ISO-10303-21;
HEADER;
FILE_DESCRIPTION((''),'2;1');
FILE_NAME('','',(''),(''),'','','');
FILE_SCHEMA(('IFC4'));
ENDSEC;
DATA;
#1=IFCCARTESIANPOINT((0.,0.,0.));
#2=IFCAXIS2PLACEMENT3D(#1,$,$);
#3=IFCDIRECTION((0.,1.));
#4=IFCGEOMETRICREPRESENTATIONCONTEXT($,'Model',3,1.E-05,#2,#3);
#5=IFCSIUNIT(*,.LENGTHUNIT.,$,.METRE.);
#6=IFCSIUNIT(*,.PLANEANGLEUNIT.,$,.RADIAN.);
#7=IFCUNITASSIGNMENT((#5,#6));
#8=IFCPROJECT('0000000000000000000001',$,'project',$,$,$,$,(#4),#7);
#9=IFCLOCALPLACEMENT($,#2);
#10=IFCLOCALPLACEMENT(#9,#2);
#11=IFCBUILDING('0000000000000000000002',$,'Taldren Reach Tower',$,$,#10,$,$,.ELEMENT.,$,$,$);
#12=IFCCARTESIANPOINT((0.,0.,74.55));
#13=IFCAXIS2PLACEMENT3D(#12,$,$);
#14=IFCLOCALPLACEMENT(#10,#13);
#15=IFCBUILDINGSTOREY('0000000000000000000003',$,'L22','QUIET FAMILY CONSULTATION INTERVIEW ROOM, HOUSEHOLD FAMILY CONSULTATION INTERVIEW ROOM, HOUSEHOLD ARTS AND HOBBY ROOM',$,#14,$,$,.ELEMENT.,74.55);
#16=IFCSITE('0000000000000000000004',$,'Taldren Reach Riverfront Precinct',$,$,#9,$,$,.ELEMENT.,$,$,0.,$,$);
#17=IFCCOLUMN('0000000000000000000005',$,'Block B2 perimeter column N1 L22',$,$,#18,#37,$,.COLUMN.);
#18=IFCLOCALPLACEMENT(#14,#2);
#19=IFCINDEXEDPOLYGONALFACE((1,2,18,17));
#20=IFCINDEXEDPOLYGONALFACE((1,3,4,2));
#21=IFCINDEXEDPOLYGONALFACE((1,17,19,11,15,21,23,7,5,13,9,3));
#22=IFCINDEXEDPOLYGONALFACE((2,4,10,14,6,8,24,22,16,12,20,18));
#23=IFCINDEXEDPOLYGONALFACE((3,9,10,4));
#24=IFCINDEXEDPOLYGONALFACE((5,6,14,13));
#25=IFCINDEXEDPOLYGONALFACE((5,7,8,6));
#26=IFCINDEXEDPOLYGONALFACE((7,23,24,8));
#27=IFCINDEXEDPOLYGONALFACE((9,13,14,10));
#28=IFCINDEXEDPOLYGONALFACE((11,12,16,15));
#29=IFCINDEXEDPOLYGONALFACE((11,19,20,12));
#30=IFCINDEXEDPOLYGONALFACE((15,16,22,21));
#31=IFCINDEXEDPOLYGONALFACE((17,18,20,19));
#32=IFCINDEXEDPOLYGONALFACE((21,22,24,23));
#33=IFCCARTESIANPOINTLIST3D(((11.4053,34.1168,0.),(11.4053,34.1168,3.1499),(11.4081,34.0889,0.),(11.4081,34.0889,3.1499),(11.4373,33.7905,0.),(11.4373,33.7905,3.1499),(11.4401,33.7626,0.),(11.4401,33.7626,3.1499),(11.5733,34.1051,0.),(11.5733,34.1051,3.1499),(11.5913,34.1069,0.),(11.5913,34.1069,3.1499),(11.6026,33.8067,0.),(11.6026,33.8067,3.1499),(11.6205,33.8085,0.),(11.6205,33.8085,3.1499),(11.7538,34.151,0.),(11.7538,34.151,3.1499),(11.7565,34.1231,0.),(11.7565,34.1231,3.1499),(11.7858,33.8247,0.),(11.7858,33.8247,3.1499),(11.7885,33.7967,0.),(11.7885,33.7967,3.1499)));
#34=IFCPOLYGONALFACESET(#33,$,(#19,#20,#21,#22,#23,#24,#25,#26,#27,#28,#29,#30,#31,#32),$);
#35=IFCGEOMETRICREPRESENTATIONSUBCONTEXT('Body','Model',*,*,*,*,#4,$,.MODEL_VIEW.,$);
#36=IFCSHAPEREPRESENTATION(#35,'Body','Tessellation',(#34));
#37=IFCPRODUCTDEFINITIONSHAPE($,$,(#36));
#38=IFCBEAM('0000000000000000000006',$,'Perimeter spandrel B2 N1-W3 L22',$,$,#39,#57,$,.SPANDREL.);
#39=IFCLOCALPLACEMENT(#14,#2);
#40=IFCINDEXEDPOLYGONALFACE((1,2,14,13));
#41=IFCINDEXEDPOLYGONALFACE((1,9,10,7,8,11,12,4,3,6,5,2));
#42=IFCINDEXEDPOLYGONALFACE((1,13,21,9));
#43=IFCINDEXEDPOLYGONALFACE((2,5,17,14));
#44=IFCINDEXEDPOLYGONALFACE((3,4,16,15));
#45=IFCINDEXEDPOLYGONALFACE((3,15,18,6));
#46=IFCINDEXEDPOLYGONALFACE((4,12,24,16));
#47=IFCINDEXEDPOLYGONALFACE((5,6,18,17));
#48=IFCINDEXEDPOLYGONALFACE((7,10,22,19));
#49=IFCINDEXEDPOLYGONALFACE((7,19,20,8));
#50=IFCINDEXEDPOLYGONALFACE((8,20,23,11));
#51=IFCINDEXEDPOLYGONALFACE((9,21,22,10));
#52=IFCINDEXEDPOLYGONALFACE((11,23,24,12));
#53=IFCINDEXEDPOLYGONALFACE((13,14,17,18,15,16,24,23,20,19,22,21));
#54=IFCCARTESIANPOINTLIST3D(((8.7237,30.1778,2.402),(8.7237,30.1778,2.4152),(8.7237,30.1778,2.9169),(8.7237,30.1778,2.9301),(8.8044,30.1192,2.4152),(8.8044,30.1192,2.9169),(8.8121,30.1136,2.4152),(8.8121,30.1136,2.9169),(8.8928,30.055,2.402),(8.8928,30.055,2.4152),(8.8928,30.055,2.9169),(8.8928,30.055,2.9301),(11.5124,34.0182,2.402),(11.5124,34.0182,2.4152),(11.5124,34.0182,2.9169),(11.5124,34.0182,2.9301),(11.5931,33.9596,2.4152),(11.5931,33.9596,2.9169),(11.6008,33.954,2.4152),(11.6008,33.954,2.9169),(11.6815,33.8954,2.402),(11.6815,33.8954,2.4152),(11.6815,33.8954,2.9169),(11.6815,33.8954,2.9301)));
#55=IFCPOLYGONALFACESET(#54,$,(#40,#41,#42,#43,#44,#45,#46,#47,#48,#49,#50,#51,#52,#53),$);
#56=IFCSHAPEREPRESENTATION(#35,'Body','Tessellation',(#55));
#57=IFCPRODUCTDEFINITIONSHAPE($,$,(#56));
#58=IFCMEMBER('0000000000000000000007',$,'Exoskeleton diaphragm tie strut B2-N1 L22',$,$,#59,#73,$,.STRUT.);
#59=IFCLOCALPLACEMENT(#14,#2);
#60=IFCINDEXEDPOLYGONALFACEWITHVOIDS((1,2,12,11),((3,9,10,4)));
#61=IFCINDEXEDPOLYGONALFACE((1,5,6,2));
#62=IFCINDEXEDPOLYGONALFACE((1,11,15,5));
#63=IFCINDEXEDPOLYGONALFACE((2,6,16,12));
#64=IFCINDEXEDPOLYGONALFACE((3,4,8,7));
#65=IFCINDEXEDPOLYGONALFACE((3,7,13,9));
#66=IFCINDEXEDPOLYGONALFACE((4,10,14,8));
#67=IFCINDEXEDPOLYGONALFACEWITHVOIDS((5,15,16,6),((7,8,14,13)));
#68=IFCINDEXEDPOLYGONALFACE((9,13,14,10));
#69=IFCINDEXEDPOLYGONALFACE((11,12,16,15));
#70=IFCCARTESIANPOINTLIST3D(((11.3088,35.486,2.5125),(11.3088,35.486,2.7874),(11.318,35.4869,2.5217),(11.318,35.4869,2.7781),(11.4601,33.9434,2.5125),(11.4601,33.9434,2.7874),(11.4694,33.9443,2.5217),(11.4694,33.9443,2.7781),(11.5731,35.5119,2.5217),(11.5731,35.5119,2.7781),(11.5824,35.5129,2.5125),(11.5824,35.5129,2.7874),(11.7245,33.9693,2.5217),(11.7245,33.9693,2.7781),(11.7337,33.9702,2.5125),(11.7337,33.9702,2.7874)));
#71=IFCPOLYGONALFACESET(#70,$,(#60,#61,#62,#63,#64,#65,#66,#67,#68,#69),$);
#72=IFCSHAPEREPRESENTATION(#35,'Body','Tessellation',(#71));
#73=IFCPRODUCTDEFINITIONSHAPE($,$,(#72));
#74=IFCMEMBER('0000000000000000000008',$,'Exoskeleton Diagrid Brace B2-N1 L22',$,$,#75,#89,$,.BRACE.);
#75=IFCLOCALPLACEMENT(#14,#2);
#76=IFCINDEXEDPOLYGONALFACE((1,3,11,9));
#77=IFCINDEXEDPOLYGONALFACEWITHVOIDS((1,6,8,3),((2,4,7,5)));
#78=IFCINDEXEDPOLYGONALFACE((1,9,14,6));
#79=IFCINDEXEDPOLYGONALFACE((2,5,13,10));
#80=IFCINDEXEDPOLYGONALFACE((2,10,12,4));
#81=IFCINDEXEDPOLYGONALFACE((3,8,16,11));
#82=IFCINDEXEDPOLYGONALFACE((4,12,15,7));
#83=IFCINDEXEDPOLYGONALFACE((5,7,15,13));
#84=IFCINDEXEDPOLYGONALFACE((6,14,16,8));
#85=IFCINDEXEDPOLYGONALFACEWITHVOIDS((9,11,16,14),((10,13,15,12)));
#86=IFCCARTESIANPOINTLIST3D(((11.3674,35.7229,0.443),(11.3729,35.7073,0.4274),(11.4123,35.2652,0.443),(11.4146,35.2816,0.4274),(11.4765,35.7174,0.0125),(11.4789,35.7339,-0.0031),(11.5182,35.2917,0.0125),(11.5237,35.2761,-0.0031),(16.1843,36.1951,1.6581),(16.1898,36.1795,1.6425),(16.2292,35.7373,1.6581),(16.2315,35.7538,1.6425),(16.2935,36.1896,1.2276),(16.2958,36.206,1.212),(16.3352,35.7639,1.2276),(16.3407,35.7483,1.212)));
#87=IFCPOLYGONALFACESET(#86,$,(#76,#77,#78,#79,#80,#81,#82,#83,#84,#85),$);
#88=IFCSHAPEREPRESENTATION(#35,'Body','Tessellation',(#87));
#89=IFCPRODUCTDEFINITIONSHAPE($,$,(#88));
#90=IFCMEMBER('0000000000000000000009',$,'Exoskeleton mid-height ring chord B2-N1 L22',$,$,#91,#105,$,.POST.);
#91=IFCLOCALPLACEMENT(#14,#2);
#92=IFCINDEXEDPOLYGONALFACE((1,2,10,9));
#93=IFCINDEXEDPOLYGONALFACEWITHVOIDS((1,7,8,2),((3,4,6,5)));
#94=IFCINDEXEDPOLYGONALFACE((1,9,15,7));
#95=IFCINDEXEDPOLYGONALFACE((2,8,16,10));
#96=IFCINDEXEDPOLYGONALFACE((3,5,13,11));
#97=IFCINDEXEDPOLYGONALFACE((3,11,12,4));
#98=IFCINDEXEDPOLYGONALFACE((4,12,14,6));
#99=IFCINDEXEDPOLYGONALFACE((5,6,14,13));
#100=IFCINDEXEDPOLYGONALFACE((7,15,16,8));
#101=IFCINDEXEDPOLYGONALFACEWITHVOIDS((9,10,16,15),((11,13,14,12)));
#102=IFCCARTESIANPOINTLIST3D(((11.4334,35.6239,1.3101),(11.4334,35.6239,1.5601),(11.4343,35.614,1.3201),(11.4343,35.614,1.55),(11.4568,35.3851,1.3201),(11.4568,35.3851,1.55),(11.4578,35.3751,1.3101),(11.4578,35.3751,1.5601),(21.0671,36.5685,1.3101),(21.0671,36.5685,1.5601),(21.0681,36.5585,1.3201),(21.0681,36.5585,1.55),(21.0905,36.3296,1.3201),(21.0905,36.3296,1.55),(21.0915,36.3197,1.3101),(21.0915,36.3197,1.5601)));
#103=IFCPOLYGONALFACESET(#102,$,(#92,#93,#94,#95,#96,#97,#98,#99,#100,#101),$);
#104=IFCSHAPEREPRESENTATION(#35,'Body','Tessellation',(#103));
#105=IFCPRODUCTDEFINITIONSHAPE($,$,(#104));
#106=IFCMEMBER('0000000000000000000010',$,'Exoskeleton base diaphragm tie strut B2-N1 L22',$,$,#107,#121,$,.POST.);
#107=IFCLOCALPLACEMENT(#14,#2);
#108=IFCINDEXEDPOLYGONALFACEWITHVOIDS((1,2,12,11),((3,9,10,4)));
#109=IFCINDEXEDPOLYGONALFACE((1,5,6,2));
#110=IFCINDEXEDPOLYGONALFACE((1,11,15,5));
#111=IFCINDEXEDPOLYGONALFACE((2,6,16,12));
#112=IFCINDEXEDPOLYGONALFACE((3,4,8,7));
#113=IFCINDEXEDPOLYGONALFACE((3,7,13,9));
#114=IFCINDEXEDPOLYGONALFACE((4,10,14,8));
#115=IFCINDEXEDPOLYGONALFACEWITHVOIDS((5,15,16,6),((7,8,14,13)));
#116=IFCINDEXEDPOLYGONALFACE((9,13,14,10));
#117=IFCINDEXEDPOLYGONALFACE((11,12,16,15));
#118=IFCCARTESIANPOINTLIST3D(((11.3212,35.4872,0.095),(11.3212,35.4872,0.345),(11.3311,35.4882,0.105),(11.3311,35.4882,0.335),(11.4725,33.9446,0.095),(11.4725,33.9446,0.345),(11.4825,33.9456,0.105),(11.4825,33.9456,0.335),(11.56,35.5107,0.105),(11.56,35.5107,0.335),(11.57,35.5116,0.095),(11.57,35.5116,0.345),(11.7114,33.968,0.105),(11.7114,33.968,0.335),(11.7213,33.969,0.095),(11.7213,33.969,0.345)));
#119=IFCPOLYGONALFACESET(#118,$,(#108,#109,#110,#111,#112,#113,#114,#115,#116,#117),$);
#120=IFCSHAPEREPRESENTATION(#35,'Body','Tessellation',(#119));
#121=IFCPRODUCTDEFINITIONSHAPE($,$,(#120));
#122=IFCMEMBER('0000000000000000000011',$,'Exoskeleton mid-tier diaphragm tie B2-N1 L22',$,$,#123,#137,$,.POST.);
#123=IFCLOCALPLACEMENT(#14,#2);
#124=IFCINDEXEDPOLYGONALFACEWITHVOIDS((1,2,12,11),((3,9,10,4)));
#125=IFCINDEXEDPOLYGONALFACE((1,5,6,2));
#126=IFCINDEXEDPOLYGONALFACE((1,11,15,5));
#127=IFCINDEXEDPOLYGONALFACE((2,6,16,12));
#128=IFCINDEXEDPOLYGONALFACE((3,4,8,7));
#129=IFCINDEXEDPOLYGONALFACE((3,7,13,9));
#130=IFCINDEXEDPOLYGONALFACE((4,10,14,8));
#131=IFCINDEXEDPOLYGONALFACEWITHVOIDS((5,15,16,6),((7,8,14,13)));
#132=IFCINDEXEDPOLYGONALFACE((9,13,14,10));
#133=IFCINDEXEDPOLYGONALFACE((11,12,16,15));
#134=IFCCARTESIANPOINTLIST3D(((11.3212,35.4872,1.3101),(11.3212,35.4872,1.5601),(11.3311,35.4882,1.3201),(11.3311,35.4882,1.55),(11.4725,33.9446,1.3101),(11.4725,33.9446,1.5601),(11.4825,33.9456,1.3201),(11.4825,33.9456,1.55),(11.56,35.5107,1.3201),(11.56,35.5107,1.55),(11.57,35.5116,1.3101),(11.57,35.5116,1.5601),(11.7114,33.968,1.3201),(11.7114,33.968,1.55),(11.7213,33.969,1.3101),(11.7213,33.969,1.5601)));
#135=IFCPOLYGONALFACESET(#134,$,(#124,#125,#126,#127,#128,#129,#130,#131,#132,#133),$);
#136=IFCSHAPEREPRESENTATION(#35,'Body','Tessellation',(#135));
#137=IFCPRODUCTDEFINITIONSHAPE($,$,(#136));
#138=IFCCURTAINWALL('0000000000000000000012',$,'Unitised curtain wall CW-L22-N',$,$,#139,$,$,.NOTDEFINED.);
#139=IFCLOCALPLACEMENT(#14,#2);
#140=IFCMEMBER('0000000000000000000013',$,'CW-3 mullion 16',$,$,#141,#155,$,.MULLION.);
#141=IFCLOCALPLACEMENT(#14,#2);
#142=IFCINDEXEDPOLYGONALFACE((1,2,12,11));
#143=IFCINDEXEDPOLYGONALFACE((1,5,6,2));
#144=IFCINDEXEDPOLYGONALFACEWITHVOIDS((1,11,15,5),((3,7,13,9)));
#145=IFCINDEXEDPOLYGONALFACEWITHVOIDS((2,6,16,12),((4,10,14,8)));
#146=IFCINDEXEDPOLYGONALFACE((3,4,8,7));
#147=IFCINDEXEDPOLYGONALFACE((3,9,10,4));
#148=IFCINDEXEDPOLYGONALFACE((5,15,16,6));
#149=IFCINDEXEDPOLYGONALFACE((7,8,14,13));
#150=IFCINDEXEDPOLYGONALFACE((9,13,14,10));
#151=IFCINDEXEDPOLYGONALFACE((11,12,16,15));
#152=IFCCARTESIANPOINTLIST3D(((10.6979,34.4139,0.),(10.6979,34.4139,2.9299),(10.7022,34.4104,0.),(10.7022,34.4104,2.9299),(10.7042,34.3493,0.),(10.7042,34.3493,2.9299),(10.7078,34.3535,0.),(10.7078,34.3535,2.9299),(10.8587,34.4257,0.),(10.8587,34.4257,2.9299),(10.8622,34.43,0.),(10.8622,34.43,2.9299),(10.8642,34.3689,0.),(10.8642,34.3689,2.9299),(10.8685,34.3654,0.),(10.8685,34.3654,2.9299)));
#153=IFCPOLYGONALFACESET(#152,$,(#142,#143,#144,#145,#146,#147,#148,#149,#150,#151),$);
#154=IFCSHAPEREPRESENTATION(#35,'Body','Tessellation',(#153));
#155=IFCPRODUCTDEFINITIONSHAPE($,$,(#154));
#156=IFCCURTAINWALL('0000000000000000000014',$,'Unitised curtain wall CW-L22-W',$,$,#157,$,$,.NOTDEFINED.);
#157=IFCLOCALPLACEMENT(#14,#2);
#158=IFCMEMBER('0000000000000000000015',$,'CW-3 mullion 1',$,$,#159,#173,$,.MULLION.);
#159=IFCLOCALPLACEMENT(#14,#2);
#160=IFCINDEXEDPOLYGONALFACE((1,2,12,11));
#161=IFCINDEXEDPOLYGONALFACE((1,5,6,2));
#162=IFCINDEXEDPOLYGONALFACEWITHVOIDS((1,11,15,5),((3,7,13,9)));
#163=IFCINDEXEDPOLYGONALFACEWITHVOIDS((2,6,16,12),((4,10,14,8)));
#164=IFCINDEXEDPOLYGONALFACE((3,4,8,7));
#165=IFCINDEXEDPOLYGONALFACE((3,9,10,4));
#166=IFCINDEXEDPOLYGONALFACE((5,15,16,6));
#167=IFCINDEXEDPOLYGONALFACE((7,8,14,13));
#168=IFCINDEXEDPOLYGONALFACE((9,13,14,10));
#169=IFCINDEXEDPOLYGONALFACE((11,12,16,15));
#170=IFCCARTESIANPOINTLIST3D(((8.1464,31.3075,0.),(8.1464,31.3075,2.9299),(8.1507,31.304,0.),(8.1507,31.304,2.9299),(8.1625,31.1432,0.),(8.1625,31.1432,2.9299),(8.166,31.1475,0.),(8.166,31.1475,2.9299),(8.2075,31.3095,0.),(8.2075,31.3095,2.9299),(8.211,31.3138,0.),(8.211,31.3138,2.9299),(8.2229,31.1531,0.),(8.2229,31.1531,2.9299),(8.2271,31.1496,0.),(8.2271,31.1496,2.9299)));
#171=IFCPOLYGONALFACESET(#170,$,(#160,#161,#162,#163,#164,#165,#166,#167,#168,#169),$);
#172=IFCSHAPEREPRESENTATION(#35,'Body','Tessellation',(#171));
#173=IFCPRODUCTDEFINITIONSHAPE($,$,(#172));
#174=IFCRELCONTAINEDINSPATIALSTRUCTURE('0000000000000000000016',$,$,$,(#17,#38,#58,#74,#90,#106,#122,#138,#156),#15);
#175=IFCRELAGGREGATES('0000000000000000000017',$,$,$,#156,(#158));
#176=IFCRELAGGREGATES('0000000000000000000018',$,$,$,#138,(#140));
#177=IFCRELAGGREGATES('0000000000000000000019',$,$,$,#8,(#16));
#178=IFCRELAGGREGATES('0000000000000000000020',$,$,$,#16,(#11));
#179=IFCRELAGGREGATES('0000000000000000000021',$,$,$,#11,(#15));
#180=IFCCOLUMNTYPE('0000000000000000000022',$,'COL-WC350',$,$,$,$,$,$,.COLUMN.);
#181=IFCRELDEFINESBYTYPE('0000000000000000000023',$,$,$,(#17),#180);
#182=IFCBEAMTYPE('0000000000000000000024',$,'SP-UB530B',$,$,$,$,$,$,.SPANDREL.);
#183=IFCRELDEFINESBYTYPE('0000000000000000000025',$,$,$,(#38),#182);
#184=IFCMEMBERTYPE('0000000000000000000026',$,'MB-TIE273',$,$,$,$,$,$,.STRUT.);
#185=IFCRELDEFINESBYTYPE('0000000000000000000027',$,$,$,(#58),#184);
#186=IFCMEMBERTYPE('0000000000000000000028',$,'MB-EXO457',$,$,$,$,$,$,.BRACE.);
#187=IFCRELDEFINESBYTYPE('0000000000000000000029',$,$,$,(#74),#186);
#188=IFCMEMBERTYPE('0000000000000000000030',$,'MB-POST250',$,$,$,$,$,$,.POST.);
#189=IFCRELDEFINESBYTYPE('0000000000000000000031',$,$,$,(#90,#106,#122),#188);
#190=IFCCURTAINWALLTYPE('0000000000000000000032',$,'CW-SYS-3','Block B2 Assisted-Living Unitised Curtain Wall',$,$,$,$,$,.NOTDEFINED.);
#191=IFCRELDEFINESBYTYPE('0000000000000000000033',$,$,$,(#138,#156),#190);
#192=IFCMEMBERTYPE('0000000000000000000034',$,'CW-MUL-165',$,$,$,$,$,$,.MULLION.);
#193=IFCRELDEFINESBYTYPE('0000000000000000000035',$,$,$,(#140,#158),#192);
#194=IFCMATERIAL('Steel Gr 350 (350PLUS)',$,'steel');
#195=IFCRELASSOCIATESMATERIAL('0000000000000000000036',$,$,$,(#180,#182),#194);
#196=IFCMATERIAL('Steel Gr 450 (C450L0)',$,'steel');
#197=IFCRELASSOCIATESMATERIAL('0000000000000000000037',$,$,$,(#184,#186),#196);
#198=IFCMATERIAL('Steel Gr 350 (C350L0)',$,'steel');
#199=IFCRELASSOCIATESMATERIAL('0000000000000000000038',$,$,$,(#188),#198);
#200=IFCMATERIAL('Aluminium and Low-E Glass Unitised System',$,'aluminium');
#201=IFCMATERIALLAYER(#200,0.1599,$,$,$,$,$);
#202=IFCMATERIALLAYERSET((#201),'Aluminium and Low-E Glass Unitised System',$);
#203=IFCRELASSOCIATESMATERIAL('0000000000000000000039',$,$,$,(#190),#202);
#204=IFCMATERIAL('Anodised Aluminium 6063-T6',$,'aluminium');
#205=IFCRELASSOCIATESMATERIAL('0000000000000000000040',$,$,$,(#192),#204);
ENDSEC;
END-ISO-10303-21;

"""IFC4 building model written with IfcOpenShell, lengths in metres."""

from ifc_helpers import new_model, si_unit, direction, frame, origin, origin_2d, place, context, subcontext, project, spatial, hollow_rectangle, i_section, extrude, source, transform, mapped, material, layer, layer_set, material_profile, profile_set, type_object, element, aggregate, save


model = new_model("IFC4")

# Units and contexts
model_context = context("Model", 3, precision=1e-05, world=origin(), true_north=direction((0.0, 1.0)))
body_context = subcontext(model_context, "Body", "Model", "MODEL_VIEW")
ifc_project = project(units=[si_unit("LENGTHUNIT", "METRE"), si_unit("PLANEANGLEUNIT", "RADIAN")], contexts=[model_context])

# Site, building, storey
site_placement = place(None, origin())
site = spatial("IfcSite", under=ifc_project, at=site_placement, Name="Taldren Reach Riverfront Precinct", CompositionType="ELEMENT", RefElevation=0.0)
building_placement = place(site_placement, origin())
building = spatial("IfcBuilding", under=site, at=building_placement, Name="Taldren Reach Tower", CompositionType="ELEMENT")
storey_placement = place(building_placement, frame((0.0, 0.0, 74.55)))
storey = spatial("IfcBuildingStorey", under=building, at=storey_placement, Name="L22", Description="QUIET FAMILY CONSULTATION INTERVIEW ROOM, HOUSEHOLD FAMILY CONSULTATION INTERVIEW ROOM, HOUSEHOLD ARTS AND HOBBY ROOM", CompositionType="ELEMENT", Elevation=74.55)

# Column
ifc_material_1 = material(Name="Steel Gr 350 (350PLUS)", Category="steel")
ifc_material_profile_1 = material_profile(ifc_material_1, i_section(OverallWidth=0.3501, OverallDepth=0.356, WebThickness=0.0181, FlangeThickness=0.0281, at=origin_2d()), Name="350WC197")
ifc_profile_set_1 = profile_set([ifc_material_profile_1], Name="Steel Gr 350 (350PLUS)")
column_type = type_object("IfcColumnType", Name="COL-WC350", PredefinedType="COLUMN", material=ifc_profile_set_1)
shared_shape_1 = source(origin(), body_context, "Body", "SweptSolid", [
    extrude(i_section(OverallWidth=0.3501, OverallDepth=0.356, WebThickness=0.0181, FlangeThickness=0.0281, at=origin_2d()), origin(), (0.0, 0.0, 1.0), 3.1499),
])
column_placement = place(storey_placement, frame((11.5969, 33.9568, 0.0), z_axis=(0.0, 0.0, 1.0), x_axis=(0.995227, 0.097583, 0.0)))
element("IfcColumn", 1, at=column_placement, inside=storey, type_object=column_type, Name="Block B2 perimeter column N1 L22", PredefinedType="COLUMN", context=body_context, shape_type="MappedRepresentation", body=[
    mapped(shared_shape_1, transform((0.0, 0.0, 0.0), scale=1.0)),
])

# Beam
ifc_material_profile_2 = material_profile(ifc_material_1, i_section(OverallWidth=0.209, OverallDepth=0.5281, WebThickness=0.0095, FlangeThickness=0.0132, at=origin_2d()), Name="530UB82.0")
ifc_profile_set_2 = profile_set([ifc_material_profile_2], Name="Steel Gr 350 (350PLUS)")
beam_type = type_object("IfcBeamType", Name="SP-UB530B", PredefinedType="SPANDREL", material=ifc_profile_set_2)
shared_shape_2 = source(origin(), body_context, "Body", "SweptSolid", [
    extrude(i_section(OverallWidth=0.209, OverallDepth=0.5281, WebThickness=0.0095, FlangeThickness=0.0132, at=origin_2d()), origin(), (0.0, 0.0, 1.0), 4.7461),
])
beam_placement = place(storey_placement, frame((11.5969, 33.9568, 2.666), z_axis=(-0.587566, -0.809176, 0.0), x_axis=(0.809176, -0.587566, 0.0)))
element("IfcBeam", 2, at=beam_placement, inside=storey, type_object=beam_type, Name="Perimeter spandrel B2 N1-W3 L22", PredefinedType="SPANDREL", context=body_context, shape_type="MappedRepresentation", body=[
    mapped(shared_shape_2, transform((0.0, 0.0, 0.0), scale=1.0)),
])

# Members
ifc_material_2 = material(Name="Steel Gr 450 (C450L0)", Category="steel")
ifc_material_profile_3 = material_profile(ifc_material_2, hollow_rectangle(XDim=0.2749, YDim=0.2749, WallThickness=0.0093, at=origin_2d()), Name="275x275x9.3SHS")
ifc_profile_set_3 = profile_set([ifc_material_profile_3], Name="Steel Gr 450 (C450L0)")
member_type_1 = type_object("IfcMemberType", Name="MB-TIE273", PredefinedType="STRUT", material=ifc_profile_set_3)
shared_shape_3 = source(origin(), body_context, "Body", "SweptSolid", [
    extrude(hollow_rectangle(XDim=0.2749, YDim=0.2749, WallThickness=0.0093, at=origin_2d()), origin(), (0.0, 0.0, 1.0), 1.55),
])
member_1_placement = place(storey_placement, frame((11.5969, 33.9568, 2.6499), z_axis=(-0.097648, 0.995221, 0.0), x_axis=(-0.995221, -0.097648, 0.0)))
element("IfcMember", 3, at=member_1_placement, inside=storey, type_object=member_type_1, Name="Exoskeleton diaphragm tie strut B2-N1 L22", PredefinedType="STRUT", context=body_context, shape_type="MappedRepresentation", body=[
    mapped(shared_shape_3, transform((0.0, 0.0, 0.0), scale=1.0)),
])
ifc_material_profile_4 = material_profile(ifc_material_2, hollow_rectangle(XDim=0.46, YDim=0.46, WallThickness=0.0161, at=origin_2d()), Name="460x460x16.0SHS")
ifc_profile_set_4 = profile_set([ifc_material_profile_4], Name="Steel Gr 450 (C450L0)")
member_type_2 = type_object("IfcMemberType", Name="MB-EXO457", PredefinedType="BRACE", material=ifc_profile_set_4)
shared_shape_4 = source(origin(), body_context, "Body", "SweptSolid", [
    extrude(hollow_rectangle(XDim=0.46, YDim=0.46, WallThickness=0.0161, at=origin_2d()), origin(), (0.0, 0.0, 1.0), 4.9902),
])
member_2_placement = place(storey_placement, frame((11.4456, 35.4995, 0.22), z_axis=(0.965276, 0.09462, 0.243496), x_axis=(-0.097556, 0.99523, 0.0)))
element("IfcMember", 4, at=member_2_placement, inside=storey, type_object=member_type_2, Name="Exoskeleton Diagrid Brace B2-N1 L22", PredefinedType="BRACE", context=body_context, shape_type="MappedRepresentation", body=[
    mapped(shared_shape_4, transform((0.0, 0.0, 0.0), scale=1.0)),
])
ifc_material_3 = material(Name="Steel Gr 350 (C350L0)", Category="steel")
ifc_material_profile_5 = material_profile(ifc_material_3, hollow_rectangle(XDim=0.25, YDim=0.25, WallThickness=0.01, at=origin_2d()), Name="250x250x10.0SHS")
ifc_profile_set_5 = profile_set([ifc_material_profile_5], Name="Steel Gr 350 (C350L0)")
member_type_3 = type_object("IfcMemberType", Name="MB-POST250", PredefinedType="POST", material=ifc_profile_set_5)
shared_shape_5 = source(origin(), body_context, "Body", "SweptSolid", [
    extrude(hollow_rectangle(XDim=0.25, YDim=0.25, WallThickness=0.01, at=origin_2d()), origin(), (0.0, 0.0, 1.0), 9.6799),
])
member_3_placement = place(storey_placement, frame((11.4456, 35.4995, 1.4351), z_axis=(0.995228, 0.097581, 0.0), x_axis=(-0.097581, 0.995228, 0.0)))
element("IfcMember", 5, at=member_3_placement, inside=storey, type_object=member_type_3, Name="Exoskeleton mid-height ring chord B2-N1 L22", PredefinedType="POST", context=body_context, shape_type="MappedRepresentation", body=[
    mapped(shared_shape_5, transform((0.0, 0.0, 0.0), scale=1.0)),
])
shared_shape_6 = source(origin(), body_context, "Body", "SweptSolid", [
    extrude(hollow_rectangle(XDim=0.25, YDim=0.25, WallThickness=0.01, at=origin_2d()), origin(), (0.0, 0.0, 1.0), 1.55),
])
for number, where, z_axis, x_axis, name in (
    (6, (11.5969, 33.9568, 0.22), (-0.097648, 0.995221, 0.0), (-0.995221, -0.097648, 0.0), "Exoskeleton base diaphragm tie strut B2-N1 L22"),
    (7, (11.5969, 33.9568, 1.4351), (-0.097648, 0.995221, 0.0), (-0.995221, -0.097648, 0.0), "Exoskeleton mid-tier diaphragm tie B2-N1 L22"),
):
    element("IfcMember", number, at=place(storey_placement, frame(where, z_axis=z_axis, x_axis=x_axis)), inside=storey, type_object=member_type_3, Name=name, PredefinedType="POST", context=body_context, shape_type="MappedRepresentation", body=[
        mapped(shared_shape_6, transform((0.0, 0.0, 0.0), scale=1.0)),
    ])

# Curtain wall, member
ifc_material_4 = material(Name="Aluminium and Low-E Glass Unitised System", Category="aluminium")
ifc_layer_1 = layer(ifc_material_4, 0.1599)
ifc_layer_set_1 = layer_set([ifc_layer_1], Name="Aluminium and Low-E Glass Unitised System")
curtain_wall_type = type_object("IfcCurtainWallType", Name="CW-SYS-3", Description="Block B2 Assisted-Living Unitised Curtain Wall", PredefinedType="NOTDEFINED", material=ifc_layer_set_1)
curtain_wall_1_placement = place(storey_placement, origin())
curtain_wall_1 = element("IfcCurtainWall", 8, at=curtain_wall_1_placement, inside=storey, type_object=curtain_wall_type, Name="Unitised curtain wall CW-L22-N", PredefinedType="NOTDEFINED")
ifc_material_5 = material(Name="Anodised Aluminium 6063-T6", Category="aluminium")
ifc_material_profile_6 = material_profile(ifc_material_5, hollow_rectangle(XDim=0.0649, YDim=0.165, WallThickness=0.0039, at=origin_2d()), Name="ALU-165x65x4RHS")
ifc_profile_set_6 = profile_set([ifc_material_profile_6], Name="Anodised Aluminium 6063-T6")
member_type_4 = type_object("IfcMemberType", Name="CW-MUL-165", PredefinedType="MULLION", material=ifc_profile_set_6)
shared_shape_7 = source(origin(), body_context, "Body", "SweptSolid", [
    extrude(hollow_rectangle(XDim=0.0649, YDim=0.165, WallThickness=0.0039, at=origin_2d()), origin(), (0.0, 0.0, 1.0), 2.9299),
])
member_4_placement = place(storey_placement, frame((10.7832, 34.3896, 0.0), z_axis=(0.0, 0.0, 1.0), x_axis=(0.097583, -0.995227, 0.0)))
member_4 = element("IfcMember", 9, at=member_4_placement, type_object=member_type_4, Name="CW-3 mullion 16", PredefinedType="MULLION", context=body_context, shape_type="MappedRepresentation", body=[
    mapped(shared_shape_7, transform((0.0, 0.0, 0.0), scale=1.0)),
])

# Curtain wall, member
curtain_wall_2_placement = place(storey_placement, origin())
curtain_wall_2 = element("IfcCurtainWall", 10, at=curtain_wall_2_placement, inside=storey, type_object=curtain_wall_type, Name="Unitised curtain wall CW-L22-W", PredefinedType="NOTDEFINED")
member_5_placement = place(storey_placement, frame((8.1868, 31.2285, 0.0), z_axis=(0.0, 0.0, 1.0), x_axis=(0.995227, 0.097583, 0.0)))
member_5 = element("IfcMember", 11, at=member_5_placement, type_object=member_type_4, Name="CW-3 mullion 1", PredefinedType="MULLION", context=body_context, shape_type="MappedRepresentation", body=[
    mapped(shared_shape_7, transform((0.0, 0.0, 0.0), scale=1.0)),
])
aggregate(curtain_wall_2, [member_5])

aggregate(curtain_wall_1, [member_4])

save(model, "model.ifc")
